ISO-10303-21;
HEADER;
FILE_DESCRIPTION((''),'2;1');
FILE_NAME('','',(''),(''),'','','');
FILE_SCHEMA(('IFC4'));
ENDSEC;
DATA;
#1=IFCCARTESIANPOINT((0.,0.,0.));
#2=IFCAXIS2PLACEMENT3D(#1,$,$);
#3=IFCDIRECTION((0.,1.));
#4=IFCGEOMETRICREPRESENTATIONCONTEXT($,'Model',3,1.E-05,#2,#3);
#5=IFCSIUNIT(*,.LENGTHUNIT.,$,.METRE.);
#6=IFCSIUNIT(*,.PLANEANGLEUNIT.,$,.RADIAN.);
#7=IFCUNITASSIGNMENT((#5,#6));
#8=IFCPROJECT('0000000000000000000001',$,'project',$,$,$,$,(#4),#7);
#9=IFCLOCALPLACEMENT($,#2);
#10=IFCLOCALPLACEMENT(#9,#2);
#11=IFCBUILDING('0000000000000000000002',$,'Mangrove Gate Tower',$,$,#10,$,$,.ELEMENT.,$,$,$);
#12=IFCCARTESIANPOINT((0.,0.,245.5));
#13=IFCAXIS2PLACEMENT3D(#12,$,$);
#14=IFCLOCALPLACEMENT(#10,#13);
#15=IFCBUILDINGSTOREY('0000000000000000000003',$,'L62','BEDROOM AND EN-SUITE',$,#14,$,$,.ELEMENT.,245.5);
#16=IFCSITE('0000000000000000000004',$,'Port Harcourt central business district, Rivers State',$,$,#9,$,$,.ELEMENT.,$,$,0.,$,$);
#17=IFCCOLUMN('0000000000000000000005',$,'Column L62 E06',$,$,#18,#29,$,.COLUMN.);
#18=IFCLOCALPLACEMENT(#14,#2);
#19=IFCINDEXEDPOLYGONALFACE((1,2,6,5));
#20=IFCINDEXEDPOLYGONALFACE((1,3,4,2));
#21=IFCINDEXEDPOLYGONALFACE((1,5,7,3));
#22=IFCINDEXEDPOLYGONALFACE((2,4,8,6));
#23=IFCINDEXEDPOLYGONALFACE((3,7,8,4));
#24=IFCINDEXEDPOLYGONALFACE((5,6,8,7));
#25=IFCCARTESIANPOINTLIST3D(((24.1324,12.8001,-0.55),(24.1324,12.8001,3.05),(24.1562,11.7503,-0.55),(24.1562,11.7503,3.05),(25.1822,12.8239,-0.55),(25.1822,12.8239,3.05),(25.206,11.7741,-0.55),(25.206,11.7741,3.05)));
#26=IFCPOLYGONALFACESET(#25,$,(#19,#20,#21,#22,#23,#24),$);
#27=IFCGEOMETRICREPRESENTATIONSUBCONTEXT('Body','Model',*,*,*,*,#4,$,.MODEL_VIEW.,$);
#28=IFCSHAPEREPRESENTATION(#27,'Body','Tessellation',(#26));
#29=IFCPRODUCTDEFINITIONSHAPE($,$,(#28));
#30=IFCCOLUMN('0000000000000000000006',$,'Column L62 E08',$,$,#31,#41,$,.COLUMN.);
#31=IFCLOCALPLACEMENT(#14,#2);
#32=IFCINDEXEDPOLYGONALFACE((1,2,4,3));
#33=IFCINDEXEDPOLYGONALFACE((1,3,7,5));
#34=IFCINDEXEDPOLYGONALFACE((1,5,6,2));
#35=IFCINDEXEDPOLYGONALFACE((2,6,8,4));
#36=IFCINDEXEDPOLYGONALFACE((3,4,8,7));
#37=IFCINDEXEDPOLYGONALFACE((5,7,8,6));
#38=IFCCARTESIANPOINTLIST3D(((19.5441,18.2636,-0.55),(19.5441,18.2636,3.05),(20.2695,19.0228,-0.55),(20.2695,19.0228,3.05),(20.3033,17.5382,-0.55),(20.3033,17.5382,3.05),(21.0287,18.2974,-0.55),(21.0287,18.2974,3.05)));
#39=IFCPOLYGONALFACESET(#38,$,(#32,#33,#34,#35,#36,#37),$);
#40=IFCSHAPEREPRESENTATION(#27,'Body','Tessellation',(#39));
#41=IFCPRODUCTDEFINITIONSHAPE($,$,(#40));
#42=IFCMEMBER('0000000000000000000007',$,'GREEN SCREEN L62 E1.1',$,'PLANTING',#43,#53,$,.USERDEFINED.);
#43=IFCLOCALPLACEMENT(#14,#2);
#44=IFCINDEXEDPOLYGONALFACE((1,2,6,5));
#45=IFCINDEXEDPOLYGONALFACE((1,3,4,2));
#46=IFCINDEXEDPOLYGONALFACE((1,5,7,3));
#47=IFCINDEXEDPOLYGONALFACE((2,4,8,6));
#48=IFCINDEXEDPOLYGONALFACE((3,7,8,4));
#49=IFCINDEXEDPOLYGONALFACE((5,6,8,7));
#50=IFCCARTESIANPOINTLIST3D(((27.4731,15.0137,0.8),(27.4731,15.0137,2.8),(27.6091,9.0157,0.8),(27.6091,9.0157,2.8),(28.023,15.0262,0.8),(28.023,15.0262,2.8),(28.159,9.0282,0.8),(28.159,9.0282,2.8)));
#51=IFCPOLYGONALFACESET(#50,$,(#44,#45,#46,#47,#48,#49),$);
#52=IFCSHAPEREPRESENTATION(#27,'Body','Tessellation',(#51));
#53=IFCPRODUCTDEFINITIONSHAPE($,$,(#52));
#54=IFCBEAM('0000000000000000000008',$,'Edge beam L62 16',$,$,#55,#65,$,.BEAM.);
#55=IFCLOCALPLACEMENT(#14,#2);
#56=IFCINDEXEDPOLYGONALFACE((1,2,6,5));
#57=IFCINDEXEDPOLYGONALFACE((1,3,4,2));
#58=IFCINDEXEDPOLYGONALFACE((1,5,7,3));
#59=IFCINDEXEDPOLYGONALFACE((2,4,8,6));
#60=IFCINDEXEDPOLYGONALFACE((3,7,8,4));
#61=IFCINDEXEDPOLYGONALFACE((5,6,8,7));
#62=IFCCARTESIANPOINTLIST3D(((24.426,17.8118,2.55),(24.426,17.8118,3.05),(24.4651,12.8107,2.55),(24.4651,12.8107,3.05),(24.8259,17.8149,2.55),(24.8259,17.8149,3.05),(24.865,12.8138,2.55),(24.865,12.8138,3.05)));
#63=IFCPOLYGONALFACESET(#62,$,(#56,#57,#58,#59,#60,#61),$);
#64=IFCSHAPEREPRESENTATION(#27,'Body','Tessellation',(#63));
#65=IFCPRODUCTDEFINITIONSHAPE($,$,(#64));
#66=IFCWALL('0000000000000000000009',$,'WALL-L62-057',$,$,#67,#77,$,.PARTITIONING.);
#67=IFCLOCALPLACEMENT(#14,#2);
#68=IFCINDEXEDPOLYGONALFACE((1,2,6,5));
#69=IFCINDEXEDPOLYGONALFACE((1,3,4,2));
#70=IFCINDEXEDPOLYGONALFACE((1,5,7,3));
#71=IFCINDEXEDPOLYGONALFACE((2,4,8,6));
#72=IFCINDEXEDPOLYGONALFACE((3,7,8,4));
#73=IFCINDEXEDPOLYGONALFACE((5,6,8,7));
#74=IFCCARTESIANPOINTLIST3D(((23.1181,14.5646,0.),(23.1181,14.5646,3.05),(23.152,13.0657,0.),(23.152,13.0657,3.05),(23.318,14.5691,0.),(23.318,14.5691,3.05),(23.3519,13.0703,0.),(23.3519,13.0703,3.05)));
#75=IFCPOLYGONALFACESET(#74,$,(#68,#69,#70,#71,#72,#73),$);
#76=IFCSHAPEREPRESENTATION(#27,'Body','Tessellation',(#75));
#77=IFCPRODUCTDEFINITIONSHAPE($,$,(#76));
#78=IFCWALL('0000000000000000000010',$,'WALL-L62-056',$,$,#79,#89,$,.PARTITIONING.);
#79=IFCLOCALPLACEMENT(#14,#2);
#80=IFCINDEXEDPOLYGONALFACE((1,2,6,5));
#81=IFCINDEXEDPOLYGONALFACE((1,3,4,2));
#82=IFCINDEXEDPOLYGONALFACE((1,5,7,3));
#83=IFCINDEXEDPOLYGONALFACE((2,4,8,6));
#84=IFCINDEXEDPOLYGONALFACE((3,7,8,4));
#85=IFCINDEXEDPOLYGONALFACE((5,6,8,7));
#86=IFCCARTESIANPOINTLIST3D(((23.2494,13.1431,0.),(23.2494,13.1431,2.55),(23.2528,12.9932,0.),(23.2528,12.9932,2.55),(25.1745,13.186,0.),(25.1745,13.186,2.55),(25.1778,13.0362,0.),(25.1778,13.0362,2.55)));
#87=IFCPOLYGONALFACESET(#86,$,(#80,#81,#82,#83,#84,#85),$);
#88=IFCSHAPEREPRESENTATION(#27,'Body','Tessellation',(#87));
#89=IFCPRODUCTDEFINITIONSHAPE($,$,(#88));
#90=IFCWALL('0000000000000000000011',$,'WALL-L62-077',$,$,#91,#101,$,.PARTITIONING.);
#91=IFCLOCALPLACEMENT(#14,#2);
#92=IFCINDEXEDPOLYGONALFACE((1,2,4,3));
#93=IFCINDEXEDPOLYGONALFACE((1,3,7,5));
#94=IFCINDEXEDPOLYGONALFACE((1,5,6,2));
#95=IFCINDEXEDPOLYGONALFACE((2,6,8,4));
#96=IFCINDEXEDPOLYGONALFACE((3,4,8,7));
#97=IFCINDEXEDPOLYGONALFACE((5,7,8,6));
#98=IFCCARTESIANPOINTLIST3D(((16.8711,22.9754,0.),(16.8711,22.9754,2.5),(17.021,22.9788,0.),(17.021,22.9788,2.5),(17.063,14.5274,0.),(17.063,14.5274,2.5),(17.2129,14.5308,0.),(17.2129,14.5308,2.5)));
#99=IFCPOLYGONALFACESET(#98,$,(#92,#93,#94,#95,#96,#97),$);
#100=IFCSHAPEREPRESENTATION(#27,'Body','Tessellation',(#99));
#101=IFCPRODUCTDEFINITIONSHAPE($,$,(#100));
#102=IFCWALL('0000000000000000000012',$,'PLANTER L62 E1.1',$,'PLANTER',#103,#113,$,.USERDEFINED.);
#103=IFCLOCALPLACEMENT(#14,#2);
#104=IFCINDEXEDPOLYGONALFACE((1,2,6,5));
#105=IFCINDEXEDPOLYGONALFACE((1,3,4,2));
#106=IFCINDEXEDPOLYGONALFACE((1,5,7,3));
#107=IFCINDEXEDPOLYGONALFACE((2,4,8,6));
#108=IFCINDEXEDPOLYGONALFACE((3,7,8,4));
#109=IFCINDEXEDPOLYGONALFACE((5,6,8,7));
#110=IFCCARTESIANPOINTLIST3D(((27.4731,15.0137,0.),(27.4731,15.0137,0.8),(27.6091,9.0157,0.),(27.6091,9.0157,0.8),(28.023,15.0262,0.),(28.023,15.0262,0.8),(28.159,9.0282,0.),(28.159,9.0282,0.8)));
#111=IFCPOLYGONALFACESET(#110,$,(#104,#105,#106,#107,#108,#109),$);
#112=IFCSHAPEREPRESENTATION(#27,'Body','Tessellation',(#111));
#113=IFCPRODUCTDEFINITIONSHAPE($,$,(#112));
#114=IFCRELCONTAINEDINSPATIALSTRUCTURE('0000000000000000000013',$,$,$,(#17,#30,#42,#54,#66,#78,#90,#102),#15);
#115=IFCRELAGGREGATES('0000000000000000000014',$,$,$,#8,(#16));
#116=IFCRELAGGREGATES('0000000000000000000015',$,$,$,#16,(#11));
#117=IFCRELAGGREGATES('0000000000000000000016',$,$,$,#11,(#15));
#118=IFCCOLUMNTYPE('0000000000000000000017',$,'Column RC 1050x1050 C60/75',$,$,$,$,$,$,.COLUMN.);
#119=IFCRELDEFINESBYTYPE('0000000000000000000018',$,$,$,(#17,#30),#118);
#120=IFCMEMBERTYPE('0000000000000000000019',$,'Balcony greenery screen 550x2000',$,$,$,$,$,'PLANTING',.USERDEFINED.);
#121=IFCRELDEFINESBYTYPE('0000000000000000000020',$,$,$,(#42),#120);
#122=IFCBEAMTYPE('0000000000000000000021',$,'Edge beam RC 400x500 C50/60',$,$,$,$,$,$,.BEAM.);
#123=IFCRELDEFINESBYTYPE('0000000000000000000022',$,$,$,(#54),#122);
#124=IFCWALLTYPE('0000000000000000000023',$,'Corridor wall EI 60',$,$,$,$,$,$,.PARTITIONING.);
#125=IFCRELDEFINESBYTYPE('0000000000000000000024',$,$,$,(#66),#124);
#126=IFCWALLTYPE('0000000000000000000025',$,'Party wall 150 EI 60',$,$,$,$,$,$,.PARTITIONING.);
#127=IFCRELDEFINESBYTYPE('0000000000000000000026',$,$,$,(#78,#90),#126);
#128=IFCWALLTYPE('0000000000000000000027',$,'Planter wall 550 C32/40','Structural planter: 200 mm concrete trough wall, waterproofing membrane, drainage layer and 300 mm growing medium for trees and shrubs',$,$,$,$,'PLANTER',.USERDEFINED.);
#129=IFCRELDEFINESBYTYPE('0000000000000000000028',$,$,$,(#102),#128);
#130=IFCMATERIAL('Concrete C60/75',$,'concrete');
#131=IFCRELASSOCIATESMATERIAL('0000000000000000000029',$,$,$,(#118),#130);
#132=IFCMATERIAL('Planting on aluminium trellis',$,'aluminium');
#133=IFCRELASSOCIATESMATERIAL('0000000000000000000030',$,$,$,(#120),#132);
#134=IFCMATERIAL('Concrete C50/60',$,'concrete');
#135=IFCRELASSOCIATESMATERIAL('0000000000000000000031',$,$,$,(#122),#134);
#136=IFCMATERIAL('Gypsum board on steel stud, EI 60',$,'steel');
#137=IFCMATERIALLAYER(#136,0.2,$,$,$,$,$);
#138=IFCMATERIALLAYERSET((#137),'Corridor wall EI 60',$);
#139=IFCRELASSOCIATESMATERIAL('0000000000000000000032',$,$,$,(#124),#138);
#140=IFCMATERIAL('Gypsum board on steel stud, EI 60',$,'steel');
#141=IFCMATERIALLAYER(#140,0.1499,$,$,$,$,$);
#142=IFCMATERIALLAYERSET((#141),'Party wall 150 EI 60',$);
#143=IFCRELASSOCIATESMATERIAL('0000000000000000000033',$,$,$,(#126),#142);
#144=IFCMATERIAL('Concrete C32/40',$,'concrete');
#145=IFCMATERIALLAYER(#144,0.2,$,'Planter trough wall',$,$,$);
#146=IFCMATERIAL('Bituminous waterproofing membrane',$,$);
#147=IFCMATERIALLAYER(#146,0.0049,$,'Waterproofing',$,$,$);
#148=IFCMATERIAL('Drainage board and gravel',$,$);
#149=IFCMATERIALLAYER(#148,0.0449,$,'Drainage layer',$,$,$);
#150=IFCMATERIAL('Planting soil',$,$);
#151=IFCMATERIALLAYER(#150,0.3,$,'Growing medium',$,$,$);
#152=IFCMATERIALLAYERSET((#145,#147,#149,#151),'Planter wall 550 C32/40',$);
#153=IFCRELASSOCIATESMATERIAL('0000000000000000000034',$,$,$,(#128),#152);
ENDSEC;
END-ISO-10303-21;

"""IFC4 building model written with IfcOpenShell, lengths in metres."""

from ifc_helpers import new_model, si_unit, direction, frame, frame_2d, origin, origin_2d, place, context, subcontext, project, spatial, rectangle, extrude, material, layer, layer_set, material_profile, profile_set, type_object, element, save


model = new_model("IFC4")

# Units and contexts
model_context = context("Model", 3, precision=1e-05, world=origin(), true_north=direction((0.0, 1.0)))
body_context = subcontext(model_context, "Body", "Model", "MODEL_VIEW")
ifc_project = project(units=[si_unit("LENGTHUNIT", "METRE"), si_unit("PLANEANGLEUNIT", "RADIAN")], contexts=[model_context])

# Site, building, storey
site_placement = place(None, origin())
site = spatial("IfcSite", under=ifc_project, at=site_placement, Name="Port Harcourt central business district, Rivers State", CompositionType="ELEMENT", RefElevation=0.0)
building_placement = place(site_placement, origin())
building = spatial("IfcBuilding", under=site, at=building_placement, Name="Mangrove Gate Tower", CompositionType="ELEMENT")
storey_placement = place(building_placement, frame((0.0, 0.0, 245.5)))
storey = spatial("IfcBuildingStorey", under=building, at=storey_placement, Name="L62", Description="BEDROOM AND EN-SUITE", CompositionType="ELEMENT", Elevation=245.5)

# Columns
ifc_material_1 = material(Name="Concrete C60/75", Category="concrete")
ifc_material_profile_1 = material_profile(ifc_material_1, rectangle(XDim=1.05, YDim=1.05, at=origin_2d()))
ifc_profile_set_1 = profile_set([ifc_material_profile_1], Name="Concrete C60/75")
column_type = type_object("IfcColumnType", Name="Column RC 1050x1050 C60/75", PredefinedType="COLUMN", material=ifc_profile_set_1)
for number, where, z_axis, x_axis, name in (
    (1, (24.6692, 12.2871, -0.55), (0.0, 0.0, 1.0), (-0.022669, 0.999743, 0.0), "Column L62 E06"),
    (2, (20.2864, 18.2805, -0.55), (0.0, 0.0, 1.0), (-0.722994, 0.690854, 0.0), "Column L62 E08"),
):
    element("IfcColumn", number, at=place(storey_placement, frame(where, z_axis=z_axis, x_axis=x_axis)), inside=storey, type_object=column_type, Name=name, PredefinedType="COLUMN", context=body_context, shape_type="SweptSolid", body=[
        extrude(rectangle(XDim=1.05, YDim=1.05, at=origin_2d()), origin(), (0.0, 0.0, 1.0), 3.6001),
    ])

# Member
ifc_material_2 = material(Name="Planting on aluminium trellis", Category="aluminium")
ifc_material_profile_2 = material_profile(ifc_material_2, rectangle(XDim=0.55, YDim=2.0, at=origin_2d()))
ifc_profile_set_2 = profile_set([ifc_material_profile_2], Name="Planting on aluminium trellis")
member_type = type_object("IfcMemberType", Name="Balcony greenery screen 550x2000", ElementType="PLANTING", PredefinedType="USERDEFINED", material=ifc_profile_set_2)
member_placement = place(storey_placement, frame((27.884, 9.022, 1.8), z_axis=(-0.022666, 0.999743, 0.0), x_axis=(-0.999743, -0.022666, 0.0)))
element("IfcMember", 3, at=member_placement, inside=storey, type_object=member_type, Name="GREEN SCREEN L62 E1.1", ObjectType="PLANTING", PredefinedType="USERDEFINED", context=body_context, shape_type="SweptSolid", body=[
    extrude(rectangle(XDim=0.55, YDim=2.0, at=origin_2d()), origin(), (0.0, 0.0, 1.0), 5.9995),
])

# Beam
ifc_material_3 = material(Name="Concrete C50/60", Category="concrete")
ifc_material_profile_3 = material_profile(ifc_material_3, rectangle(XDim=0.3999, YDim=0.5, at=origin_2d()))
ifc_profile_set_3 = profile_set([ifc_material_profile_3], Name="Concrete C50/60")
beam_type = type_object("IfcBeamType", Name="Edge beam RC 400x500 C50/60", PredefinedType="BEAM", material=ifc_profile_set_3)
beam_placement = place(storey_placement, frame((24.665, 12.8123, 2.8), z_axis=(-0.007811, 0.999969, 0.0), x_axis=(-0.999969, -0.007811, 0.0)))
element("IfcBeam", 4, at=beam_placement, inside=storey, type_object=beam_type, Name="Edge beam L62 16", PredefinedType="BEAM", context=body_context, shape_type="SweptSolid", body=[
    extrude(rectangle(XDim=0.3999, YDim=0.5, at=origin_2d()), origin(), (0.0, 0.0, 1.0), 5.0012),
])

# Walls
ifc_material_4 = material(Name="Gypsum board on steel stud, EI 60", Category="steel")
ifc_layer_1 = layer(ifc_material_4, 0.2)
ifc_layer_set_1 = layer_set([ifc_layer_1], Name="Corridor wall EI 60")
wall_type_1 = type_object("IfcWallType", Name="Corridor wall EI 60", PredefinedType="PARTITIONING", material=ifc_layer_set_1)
wall_1_placement = place(storey_placement, frame((23.252, 13.0681, 0.0), z_axis=(0.0, 0.0, 1.0), x_axis=(-0.022636, 0.999744, 0.0)))
element("IfcWall", 5, at=wall_1_placement, inside=storey, type_object=wall_type_1, Name="WALL-L62-057", PredefinedType="PARTITIONING", context=body_context, shape_type="SweptSolid", body=[
    extrude(rectangle(XDim=1.4993, YDim=0.2, at=frame_2d((0.7495, 0.0))), origin(), (0.0, 0.0, 1.0), 3.05),
])
ifc_material_5 = material(Name="Gypsum board on steel stud, EI 60", Category="steel")
ifc_layer_2 = layer(ifc_material_5, 0.1499)
ifc_layer_set_2 = layer_set([ifc_layer_2], Name="Party wall 150 EI 60")
wall_type_2 = type_object("IfcWallType", Name="Party wall 150 EI 60", PredefinedType="PARTITIONING", material=ifc_layer_set_2)
wall_2_placement = place(storey_placement, frame((23.251, 13.0681, 0.0), z_axis=(0.0, 0.0, 1.0), x_axis=(0.999751, 0.022315, 0.0)))
element("IfcWall", 6, at=wall_2_placement, inside=storey, type_object=wall_type_2, Name="WALL-L62-056", PredefinedType="PARTITIONING", context=body_context, shape_type="SweptSolid", body=[
    extrude(rectangle(XDim=1.9255, YDim=0.1499, at=frame_2d((0.9629, 0.0))), origin(), (0.0, 0.0, 1.0), 2.55),
])
wall_3_placement = place(storey_placement, frame((17.1379, 14.5291, 0.0), z_axis=(0.0, 0.0, 1.0), x_axis=(-0.022709, 0.999742, 0.0)))
element("IfcWall", 7, at=wall_3_placement, inside=storey, type_object=wall_type_2, Name="WALL-L62-077", PredefinedType="PARTITIONING", context=body_context, shape_type="SweptSolid", body=[
    extrude(rectangle(XDim=8.4502, YDim=0.1499, at=frame_2d((4.2251, 0.0))), origin(), (0.0, 0.0, 1.0), 2.5),
])
ifc_material_6 = material(Name="Concrete C32/40", Category="concrete")
ifc_layer_3 = layer(ifc_material_6, 0.2, Name="Planter trough wall")
ifc_material_7 = material(Name="Bituminous waterproofing membrane")
ifc_layer_4 = layer(ifc_material_7, 0.0049, Name="Waterproofing")
ifc_material_8 = material(Name="Drainage board and gravel")
ifc_layer_5 = layer(ifc_material_8, 0.0449, Name="Drainage layer")
ifc_material_9 = material(Name="Planting soil")
ifc_layer_6 = layer(ifc_material_9, 0.3, Name="Growing medium")
ifc_layer_set_3 = layer_set([ifc_layer_3, ifc_layer_4, ifc_layer_5, ifc_layer_6], Name="Planter wall 550 C32/40")
wall_type_3 = type_object("IfcWallType", Name="Planter wall 550 C32/40", Description="Structural planter: 200 mm concrete trough wall, waterproofing membrane, drainage layer and 300 mm growing medium for trees and shrubs", ElementType="PLANTER", PredefinedType="USERDEFINED", material=ifc_layer_set_3)
wall_4_placement = place(storey_placement, frame((27.884, 9.022, 0.0), z_axis=(0.0, 0.0, 1.0), x_axis=(-0.022666, 0.999743, 0.0)))
element("IfcWall", 8, at=wall_4_placement, inside=storey, type_object=wall_type_3, Name="PLANTER L62 E1.1", ObjectType="PLANTER", PredefinedType="USERDEFINED", context=body_context, shape_type="SweptSolid", body=[
    extrude(rectangle(XDim=5.9995, YDim=0.55, at=frame_2d((2.9998, 0.0))), origin(), (0.0, 0.0, 1.0), 0.8),
])

save(model, "model.ifc")
